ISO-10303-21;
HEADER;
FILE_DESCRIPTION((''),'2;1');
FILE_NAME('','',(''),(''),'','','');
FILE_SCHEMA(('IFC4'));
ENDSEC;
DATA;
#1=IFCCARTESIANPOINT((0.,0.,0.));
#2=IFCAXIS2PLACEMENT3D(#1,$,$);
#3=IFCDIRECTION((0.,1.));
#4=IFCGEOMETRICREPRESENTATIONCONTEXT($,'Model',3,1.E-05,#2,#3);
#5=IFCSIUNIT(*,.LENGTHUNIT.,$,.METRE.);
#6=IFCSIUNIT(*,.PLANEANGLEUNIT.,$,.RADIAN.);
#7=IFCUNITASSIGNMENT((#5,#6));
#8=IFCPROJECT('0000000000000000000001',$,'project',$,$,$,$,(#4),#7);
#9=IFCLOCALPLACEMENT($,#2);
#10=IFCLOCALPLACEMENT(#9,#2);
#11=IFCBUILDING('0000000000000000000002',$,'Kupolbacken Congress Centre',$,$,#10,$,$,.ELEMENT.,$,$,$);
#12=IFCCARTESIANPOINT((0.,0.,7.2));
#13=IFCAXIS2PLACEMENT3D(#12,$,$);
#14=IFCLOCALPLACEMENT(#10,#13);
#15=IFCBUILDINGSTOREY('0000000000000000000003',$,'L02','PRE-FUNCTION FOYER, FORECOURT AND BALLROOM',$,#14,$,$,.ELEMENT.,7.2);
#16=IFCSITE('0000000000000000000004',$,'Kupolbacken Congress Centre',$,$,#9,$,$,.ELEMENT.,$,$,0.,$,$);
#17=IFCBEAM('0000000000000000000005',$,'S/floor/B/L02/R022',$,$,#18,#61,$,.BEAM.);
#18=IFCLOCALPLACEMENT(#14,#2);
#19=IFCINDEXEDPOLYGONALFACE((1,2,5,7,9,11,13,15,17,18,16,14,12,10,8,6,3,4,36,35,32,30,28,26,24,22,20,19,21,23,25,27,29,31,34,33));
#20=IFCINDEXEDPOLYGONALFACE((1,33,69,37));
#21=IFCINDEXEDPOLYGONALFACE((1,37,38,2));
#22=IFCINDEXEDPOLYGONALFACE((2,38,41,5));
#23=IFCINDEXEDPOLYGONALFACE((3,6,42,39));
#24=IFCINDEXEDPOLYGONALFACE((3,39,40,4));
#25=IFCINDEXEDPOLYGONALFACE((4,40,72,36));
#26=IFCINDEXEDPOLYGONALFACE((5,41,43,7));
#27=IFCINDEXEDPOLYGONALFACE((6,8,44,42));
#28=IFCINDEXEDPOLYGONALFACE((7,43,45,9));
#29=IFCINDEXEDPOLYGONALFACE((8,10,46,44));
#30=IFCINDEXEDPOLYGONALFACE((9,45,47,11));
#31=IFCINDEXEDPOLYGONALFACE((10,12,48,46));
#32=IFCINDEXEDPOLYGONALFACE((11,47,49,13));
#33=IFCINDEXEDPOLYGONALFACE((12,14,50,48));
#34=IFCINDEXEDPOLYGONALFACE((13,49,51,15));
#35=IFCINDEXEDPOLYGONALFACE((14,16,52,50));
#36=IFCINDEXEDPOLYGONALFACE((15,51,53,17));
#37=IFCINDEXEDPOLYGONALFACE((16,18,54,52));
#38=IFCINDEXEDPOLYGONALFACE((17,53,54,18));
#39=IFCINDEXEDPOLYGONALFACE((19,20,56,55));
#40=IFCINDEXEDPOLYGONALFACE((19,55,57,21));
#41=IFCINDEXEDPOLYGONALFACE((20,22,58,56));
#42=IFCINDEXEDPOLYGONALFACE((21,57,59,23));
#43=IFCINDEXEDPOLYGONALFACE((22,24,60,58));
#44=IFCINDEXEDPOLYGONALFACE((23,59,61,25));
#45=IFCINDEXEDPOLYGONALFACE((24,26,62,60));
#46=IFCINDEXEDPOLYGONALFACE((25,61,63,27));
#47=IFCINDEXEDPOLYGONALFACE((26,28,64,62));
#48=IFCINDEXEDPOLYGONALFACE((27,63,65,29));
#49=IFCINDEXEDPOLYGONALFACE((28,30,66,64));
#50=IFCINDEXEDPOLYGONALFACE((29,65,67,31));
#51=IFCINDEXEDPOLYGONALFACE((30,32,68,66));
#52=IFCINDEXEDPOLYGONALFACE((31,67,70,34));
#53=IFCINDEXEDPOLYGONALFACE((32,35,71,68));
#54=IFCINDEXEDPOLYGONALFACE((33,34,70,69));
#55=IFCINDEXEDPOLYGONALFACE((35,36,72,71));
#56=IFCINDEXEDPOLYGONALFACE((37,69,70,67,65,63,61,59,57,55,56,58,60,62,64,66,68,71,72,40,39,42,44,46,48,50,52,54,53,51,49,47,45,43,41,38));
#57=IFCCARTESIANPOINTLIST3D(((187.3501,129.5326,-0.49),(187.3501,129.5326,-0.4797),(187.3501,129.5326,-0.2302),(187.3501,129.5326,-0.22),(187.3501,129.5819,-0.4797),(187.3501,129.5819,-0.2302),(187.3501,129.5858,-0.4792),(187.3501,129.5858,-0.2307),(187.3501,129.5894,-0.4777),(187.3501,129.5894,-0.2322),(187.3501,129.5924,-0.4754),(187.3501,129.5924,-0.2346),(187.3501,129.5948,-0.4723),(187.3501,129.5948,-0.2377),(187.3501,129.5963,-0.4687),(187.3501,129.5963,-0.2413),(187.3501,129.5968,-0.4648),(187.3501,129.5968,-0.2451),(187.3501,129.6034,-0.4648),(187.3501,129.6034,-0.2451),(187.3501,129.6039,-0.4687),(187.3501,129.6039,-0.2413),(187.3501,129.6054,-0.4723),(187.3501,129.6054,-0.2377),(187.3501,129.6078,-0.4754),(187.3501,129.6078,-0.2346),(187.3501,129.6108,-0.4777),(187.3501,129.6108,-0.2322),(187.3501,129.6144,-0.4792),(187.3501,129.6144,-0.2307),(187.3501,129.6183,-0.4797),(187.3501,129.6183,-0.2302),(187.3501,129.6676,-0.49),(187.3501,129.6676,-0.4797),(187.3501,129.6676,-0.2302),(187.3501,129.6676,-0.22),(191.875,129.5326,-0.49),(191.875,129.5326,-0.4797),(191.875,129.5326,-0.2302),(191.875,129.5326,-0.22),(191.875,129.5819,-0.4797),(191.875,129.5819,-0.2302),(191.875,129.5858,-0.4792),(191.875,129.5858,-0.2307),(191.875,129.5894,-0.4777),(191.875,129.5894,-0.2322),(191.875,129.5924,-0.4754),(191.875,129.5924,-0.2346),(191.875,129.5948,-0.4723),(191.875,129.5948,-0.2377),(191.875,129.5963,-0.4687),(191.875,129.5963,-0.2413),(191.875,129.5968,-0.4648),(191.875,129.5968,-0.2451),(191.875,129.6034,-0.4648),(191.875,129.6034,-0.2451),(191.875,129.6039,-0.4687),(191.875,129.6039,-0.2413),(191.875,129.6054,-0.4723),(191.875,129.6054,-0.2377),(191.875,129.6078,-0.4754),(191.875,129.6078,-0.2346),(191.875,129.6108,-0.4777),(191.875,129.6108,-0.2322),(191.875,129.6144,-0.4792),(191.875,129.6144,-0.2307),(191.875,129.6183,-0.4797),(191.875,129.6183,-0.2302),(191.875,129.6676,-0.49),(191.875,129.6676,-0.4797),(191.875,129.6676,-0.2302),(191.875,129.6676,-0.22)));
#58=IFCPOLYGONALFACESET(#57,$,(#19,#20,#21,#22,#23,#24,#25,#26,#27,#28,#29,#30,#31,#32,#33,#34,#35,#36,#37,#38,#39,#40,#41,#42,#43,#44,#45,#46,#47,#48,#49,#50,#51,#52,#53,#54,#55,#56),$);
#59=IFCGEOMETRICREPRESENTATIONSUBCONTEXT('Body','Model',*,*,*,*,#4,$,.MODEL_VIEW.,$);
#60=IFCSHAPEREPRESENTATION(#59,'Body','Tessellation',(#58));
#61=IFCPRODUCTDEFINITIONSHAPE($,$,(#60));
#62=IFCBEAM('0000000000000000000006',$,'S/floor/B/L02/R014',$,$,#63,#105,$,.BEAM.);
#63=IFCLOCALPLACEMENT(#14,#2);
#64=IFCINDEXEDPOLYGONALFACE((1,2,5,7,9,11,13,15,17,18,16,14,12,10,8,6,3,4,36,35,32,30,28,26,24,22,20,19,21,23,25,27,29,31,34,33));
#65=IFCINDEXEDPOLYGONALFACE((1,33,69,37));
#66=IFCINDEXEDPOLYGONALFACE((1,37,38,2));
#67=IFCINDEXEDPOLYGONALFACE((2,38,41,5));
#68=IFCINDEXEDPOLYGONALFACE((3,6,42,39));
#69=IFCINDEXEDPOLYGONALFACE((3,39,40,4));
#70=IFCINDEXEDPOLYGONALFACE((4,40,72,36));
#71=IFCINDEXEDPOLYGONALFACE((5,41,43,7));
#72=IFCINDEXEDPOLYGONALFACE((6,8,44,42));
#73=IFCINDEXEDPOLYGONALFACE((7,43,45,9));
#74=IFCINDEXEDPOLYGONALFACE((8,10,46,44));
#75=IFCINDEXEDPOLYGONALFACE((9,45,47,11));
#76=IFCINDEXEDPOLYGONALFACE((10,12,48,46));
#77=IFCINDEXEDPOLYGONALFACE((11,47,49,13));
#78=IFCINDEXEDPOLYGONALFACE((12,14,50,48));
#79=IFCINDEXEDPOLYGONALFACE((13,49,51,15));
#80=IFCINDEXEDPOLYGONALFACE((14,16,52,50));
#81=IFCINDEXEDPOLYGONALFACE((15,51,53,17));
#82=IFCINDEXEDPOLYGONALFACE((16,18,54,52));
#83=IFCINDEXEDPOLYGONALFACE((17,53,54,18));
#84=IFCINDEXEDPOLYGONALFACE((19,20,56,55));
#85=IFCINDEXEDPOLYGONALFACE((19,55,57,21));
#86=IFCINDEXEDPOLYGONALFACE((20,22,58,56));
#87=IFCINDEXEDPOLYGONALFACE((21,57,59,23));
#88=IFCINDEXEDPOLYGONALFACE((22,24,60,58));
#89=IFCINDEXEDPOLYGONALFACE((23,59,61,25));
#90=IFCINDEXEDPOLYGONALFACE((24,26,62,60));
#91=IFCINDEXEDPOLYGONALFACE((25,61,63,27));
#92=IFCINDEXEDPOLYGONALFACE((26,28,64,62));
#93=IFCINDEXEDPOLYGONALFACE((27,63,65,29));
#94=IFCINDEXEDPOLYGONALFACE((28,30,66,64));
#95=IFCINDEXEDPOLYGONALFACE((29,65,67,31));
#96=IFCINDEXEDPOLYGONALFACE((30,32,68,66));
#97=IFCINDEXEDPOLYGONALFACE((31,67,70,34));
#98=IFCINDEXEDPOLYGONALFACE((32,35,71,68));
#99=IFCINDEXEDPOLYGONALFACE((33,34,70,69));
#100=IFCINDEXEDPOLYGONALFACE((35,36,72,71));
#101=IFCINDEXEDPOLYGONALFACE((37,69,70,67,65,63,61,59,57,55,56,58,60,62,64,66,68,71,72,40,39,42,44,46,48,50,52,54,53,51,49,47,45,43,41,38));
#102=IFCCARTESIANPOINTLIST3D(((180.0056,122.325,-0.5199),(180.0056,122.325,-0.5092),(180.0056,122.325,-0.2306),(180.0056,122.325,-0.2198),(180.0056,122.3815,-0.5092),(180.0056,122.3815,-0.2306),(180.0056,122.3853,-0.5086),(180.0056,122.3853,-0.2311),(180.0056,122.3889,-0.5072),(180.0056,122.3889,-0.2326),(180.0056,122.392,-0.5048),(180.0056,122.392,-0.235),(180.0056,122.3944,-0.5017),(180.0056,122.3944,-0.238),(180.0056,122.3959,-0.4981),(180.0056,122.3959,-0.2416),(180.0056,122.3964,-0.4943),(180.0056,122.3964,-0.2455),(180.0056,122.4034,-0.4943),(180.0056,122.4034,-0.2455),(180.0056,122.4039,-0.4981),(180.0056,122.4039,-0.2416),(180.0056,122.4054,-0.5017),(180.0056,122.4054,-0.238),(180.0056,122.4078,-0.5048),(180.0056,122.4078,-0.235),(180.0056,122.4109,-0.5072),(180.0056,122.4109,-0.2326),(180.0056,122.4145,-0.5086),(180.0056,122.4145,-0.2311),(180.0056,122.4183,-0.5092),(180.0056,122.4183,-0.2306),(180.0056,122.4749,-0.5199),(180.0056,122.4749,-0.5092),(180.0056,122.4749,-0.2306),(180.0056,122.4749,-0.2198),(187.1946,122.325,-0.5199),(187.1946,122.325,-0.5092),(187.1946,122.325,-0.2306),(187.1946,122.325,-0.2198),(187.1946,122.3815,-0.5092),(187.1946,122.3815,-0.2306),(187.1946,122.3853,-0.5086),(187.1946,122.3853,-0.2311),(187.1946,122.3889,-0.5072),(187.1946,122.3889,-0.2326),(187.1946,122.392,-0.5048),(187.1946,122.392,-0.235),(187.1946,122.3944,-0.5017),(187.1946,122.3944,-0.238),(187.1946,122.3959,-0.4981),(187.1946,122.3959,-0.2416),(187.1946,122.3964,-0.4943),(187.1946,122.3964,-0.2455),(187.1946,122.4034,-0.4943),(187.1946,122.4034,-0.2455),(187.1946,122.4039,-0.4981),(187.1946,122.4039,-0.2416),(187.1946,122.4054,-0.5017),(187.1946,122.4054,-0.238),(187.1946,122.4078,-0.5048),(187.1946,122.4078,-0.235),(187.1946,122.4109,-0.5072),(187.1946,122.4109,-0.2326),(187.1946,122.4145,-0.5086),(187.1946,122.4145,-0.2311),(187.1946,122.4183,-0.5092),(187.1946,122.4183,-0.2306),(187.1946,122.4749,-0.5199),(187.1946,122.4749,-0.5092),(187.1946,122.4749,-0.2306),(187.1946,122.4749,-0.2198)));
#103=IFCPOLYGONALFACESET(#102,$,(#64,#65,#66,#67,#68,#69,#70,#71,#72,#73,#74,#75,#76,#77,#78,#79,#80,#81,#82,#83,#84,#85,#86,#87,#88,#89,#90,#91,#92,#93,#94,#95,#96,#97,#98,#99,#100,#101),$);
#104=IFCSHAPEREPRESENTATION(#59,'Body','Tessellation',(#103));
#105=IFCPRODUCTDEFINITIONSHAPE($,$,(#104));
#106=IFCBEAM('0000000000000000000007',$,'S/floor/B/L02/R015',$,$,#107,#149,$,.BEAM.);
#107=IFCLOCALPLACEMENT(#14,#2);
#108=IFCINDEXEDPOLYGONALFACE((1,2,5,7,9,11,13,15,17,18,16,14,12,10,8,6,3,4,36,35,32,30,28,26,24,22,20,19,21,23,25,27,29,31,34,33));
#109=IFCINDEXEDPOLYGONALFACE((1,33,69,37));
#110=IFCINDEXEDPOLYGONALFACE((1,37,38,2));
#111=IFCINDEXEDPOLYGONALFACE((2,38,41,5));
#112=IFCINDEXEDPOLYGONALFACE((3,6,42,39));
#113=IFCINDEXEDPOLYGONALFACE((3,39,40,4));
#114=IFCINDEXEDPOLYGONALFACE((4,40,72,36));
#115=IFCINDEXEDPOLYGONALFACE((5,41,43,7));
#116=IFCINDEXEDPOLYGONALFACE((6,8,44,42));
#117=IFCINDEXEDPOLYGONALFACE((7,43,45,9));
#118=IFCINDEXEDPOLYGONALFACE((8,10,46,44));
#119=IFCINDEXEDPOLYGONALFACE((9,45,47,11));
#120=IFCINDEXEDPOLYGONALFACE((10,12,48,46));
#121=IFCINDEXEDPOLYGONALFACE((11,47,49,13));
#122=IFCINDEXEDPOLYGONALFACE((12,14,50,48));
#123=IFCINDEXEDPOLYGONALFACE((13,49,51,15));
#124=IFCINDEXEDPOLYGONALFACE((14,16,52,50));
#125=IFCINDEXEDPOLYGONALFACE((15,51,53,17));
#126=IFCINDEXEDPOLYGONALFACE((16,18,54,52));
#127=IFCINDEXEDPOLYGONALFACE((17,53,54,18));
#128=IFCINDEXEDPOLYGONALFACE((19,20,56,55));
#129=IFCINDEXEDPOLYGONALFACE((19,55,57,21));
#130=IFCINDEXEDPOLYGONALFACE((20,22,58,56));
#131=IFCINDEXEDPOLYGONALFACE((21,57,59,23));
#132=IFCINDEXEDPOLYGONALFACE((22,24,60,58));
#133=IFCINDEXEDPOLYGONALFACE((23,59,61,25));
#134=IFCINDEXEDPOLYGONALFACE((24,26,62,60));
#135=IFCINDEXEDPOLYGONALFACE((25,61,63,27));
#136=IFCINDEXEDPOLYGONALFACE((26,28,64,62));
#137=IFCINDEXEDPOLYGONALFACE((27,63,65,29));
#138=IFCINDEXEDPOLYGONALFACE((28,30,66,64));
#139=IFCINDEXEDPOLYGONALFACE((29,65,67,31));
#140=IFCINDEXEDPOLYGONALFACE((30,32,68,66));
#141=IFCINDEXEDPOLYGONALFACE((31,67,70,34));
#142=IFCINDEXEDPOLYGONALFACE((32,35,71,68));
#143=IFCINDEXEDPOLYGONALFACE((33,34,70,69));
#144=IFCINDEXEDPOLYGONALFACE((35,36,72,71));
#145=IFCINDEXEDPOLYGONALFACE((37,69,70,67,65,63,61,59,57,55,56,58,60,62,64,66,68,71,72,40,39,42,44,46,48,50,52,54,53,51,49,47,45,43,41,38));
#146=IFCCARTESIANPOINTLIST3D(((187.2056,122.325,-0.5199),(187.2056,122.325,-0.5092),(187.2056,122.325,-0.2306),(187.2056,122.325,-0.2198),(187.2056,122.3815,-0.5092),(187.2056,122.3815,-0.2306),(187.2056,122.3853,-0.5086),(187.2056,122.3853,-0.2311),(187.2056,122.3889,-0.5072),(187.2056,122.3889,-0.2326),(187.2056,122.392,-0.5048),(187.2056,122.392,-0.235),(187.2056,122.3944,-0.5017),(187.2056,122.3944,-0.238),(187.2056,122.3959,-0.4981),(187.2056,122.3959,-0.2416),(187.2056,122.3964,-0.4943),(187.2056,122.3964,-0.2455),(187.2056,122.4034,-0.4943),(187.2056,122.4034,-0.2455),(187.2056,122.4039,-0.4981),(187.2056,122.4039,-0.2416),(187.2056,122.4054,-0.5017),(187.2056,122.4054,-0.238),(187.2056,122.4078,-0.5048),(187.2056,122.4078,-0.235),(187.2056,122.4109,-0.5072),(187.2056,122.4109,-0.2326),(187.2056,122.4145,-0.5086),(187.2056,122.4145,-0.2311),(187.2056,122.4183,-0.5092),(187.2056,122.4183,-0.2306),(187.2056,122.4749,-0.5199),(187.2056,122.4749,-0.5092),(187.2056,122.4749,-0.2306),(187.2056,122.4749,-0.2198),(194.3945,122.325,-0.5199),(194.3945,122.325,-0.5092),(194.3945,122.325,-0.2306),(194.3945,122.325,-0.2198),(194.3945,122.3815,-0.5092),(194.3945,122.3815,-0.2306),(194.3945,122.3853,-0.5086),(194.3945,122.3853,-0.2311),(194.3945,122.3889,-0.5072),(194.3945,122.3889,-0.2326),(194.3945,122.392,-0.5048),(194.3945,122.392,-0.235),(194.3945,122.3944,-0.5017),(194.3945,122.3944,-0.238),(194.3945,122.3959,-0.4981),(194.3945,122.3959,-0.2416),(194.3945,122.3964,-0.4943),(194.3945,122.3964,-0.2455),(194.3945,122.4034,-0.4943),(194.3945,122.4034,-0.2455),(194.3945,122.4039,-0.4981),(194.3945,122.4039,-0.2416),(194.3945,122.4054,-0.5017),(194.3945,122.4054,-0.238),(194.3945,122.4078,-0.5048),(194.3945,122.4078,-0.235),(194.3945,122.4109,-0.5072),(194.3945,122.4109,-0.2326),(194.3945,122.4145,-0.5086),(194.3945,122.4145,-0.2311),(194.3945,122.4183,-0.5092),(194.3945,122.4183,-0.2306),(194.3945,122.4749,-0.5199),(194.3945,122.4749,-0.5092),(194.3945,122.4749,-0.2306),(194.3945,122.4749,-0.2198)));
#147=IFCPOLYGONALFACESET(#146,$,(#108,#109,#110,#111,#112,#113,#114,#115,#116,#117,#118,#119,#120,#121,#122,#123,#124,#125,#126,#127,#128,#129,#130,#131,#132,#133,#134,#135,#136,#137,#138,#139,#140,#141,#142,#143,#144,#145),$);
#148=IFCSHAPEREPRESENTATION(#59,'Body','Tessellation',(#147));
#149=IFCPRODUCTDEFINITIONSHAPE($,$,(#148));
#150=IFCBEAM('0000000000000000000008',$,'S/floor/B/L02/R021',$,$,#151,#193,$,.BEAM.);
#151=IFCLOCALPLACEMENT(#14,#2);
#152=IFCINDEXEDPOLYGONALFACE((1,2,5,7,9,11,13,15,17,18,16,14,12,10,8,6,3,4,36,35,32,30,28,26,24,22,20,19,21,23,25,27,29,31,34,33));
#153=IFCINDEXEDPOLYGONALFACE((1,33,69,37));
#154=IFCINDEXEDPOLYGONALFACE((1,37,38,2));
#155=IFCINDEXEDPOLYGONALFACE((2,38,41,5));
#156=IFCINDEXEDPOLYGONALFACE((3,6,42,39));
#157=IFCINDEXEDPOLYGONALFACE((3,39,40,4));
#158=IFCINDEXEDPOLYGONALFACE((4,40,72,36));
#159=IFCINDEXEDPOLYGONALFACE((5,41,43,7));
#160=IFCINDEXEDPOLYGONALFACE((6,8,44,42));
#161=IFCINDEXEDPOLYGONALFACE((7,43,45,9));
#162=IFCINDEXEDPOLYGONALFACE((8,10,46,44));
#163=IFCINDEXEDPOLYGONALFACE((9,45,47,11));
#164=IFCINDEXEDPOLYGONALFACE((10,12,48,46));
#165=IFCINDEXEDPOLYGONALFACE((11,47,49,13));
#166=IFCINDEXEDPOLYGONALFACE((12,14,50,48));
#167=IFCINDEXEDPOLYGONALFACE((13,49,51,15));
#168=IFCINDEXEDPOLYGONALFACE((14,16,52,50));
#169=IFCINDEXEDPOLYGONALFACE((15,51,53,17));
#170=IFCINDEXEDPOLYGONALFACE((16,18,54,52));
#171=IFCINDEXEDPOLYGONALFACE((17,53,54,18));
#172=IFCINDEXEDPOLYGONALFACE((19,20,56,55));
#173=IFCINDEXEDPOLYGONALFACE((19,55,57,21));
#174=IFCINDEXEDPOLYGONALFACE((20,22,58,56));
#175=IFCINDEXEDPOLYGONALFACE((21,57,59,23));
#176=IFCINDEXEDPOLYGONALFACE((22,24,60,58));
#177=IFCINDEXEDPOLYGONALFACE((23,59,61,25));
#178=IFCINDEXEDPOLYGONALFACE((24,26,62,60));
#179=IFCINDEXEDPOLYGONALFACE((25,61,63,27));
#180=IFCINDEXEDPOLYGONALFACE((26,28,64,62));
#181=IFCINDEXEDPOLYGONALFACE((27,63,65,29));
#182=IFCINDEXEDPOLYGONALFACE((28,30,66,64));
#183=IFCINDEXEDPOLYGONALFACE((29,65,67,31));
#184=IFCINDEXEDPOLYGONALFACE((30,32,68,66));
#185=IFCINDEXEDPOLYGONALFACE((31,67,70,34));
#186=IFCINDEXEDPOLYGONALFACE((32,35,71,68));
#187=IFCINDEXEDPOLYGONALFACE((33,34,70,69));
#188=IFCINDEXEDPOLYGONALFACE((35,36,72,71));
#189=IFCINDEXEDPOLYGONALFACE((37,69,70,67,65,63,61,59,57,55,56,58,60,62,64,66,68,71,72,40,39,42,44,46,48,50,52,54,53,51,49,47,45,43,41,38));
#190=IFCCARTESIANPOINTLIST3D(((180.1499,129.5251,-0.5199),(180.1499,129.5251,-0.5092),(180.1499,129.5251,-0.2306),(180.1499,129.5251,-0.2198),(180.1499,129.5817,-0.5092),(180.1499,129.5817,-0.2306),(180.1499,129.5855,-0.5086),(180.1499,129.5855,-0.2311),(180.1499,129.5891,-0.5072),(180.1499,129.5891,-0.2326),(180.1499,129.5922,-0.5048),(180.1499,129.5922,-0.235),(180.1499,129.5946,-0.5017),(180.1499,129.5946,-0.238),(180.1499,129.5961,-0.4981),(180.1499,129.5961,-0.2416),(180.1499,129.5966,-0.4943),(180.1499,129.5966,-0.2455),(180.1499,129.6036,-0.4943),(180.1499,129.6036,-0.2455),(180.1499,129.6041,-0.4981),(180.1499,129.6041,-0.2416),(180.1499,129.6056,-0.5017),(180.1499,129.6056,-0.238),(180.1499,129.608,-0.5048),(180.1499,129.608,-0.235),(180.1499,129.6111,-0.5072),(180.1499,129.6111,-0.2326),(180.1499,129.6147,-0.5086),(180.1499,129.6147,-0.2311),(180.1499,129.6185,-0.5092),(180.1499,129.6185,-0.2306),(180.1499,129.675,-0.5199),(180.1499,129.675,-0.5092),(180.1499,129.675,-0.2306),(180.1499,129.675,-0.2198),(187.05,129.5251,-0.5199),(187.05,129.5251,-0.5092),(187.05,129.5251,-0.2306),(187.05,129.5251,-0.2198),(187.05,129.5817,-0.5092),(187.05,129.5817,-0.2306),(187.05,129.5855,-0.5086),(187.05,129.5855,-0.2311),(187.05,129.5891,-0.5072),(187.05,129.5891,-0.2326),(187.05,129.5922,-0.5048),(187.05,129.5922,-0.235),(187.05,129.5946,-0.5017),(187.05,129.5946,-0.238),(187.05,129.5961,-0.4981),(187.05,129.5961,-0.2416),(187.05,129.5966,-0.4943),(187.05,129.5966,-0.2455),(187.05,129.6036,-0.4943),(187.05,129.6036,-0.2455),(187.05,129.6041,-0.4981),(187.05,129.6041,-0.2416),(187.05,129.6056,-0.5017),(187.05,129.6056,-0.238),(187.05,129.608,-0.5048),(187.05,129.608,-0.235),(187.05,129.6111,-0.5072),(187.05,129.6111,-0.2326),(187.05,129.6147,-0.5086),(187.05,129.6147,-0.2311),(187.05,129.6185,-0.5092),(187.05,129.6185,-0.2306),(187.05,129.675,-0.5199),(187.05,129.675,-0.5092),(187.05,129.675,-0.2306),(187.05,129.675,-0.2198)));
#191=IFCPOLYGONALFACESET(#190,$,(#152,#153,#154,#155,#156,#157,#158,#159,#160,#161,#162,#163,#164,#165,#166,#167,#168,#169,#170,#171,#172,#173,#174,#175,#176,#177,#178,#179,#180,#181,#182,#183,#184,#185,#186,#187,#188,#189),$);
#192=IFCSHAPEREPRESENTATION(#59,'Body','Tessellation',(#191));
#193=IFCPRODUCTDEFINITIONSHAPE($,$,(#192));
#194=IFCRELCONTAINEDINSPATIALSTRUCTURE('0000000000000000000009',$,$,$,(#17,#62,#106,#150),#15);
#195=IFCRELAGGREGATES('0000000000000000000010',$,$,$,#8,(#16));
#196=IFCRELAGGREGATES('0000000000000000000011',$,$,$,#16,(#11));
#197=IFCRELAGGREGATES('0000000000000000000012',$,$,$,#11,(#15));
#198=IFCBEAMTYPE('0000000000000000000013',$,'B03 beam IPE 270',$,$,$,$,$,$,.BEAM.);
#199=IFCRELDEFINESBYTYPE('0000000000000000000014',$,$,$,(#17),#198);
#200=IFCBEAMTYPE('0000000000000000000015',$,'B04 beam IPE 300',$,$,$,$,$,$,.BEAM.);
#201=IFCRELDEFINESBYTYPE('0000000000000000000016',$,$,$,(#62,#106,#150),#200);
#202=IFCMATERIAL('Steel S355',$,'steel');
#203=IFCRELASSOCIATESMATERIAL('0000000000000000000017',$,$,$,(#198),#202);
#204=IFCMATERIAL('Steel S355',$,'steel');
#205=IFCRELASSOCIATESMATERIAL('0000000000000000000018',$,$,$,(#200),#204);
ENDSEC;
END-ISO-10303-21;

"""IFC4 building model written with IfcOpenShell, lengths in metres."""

from ifc_helpers import new_model, si_unit, direction, frame, origin, origin_2d, place, context, subcontext, project, spatial, i_section, extrude, material, material_profile, profile_set, type_object, element, save


model = new_model("IFC4")

# Units and contexts
model_context = context("Model", 3, precision=1e-05, world=origin(), true_north=direction((0.0, 1.0)))
body_context = subcontext(model_context, "Body", "Model", "MODEL_VIEW")
ifc_project = project(units=[si_unit("LENGTHUNIT", "METRE"), si_unit("PLANEANGLEUNIT", "RADIAN")], contexts=[model_context])

# Site, building, storey
site_placement = place(None, origin())
site = spatial("IfcSite", under=ifc_project, at=site_placement, Name="Kupolbacken Congress Centre", CompositionType="ELEMENT", RefElevation=0.0)
building_placement = place(site_placement, origin())
building = spatial("IfcBuilding", under=site, at=building_placement, Name="Kupolbacken Congress Centre", CompositionType="ELEMENT")
storey_placement = place(building_placement, frame((0.0, 0.0, 7.2)))
storey = spatial("IfcBuildingStorey", under=building, at=storey_placement, Name="L02", Description="PRE-FUNCTION FOYER, FORECOURT AND BALLROOM", CompositionType="ELEMENT", Elevation=7.2)

# Beams
ifc_material_1 = material(Name="Steel S355", Category="steel")
ifc_material_profile_1 = material_profile(ifc_material_1, i_section(OverallWidth=0.135, OverallDepth=0.27, WebThickness=0.0066, FlangeThickness=0.0103, FilletRadius=0.0149, at=origin_2d()), Name="IPE 270")
ifc_profile_set_1 = profile_set([ifc_material_profile_1], Name="Steel S355")
beam_type_1 = type_object("IfcBeamType", Name="B03 beam IPE 270", PredefinedType="BEAM", material=ifc_profile_set_1)
beam_1_placement = place(storey_placement, frame((187.3501, 129.6001, -0.355), z_axis=(1.0, 0.0, 0.0), x_axis=(0.0, 1.0, 0.0)))
element("IfcBeam", 1, at=beam_1_placement, inside=storey, type_object=beam_type_1, Name="S/floor/B/L02/R022", PredefinedType="BEAM", context=body_context, shape_type="SweptSolid", body=[
    extrude(i_section(OverallWidth=0.135, OverallDepth=0.27, WebThickness=0.0066, FlangeThickness=0.0103, FilletRadius=0.0149, at=origin_2d()), origin(), (0.0, 0.0, 1.0), 4.5249),
])
ifc_material_2 = material(Name="Steel S355", Category="steel")
ifc_material_profile_2 = material_profile(ifc_material_2, i_section(OverallWidth=0.1499, OverallDepth=0.3, WebThickness=0.0071, FlangeThickness=0.0107, FilletRadius=0.0149, at=origin_2d()), Name="IPE 300")
ifc_profile_set_2 = profile_set([ifc_material_profile_2], Name="Steel S355")
beam_type_2 = type_object("IfcBeamType", Name="B04 beam IPE 300", PredefinedType="BEAM", material=ifc_profile_set_2)
for number, where, z_axis, x_axis, name in (
    (2, (180.0056, 122.3999, -0.3699), (1.0, 0.0, 0.0), (0.0, 1.0, 0.0), "S/floor/B/L02/R014"),
    (3, (187.2056, 122.3999, -0.3699), (1.0, 0.0, 0.0), (0.0, 1.0, 0.0), "S/floor/B/L02/R015"),
):
    element("IfcBeam", number, at=place(storey_placement, frame(where, z_axis=z_axis, x_axis=x_axis)), inside=storey, type_object=beam_type_2, Name=name, PredefinedType="BEAM", context=body_context, shape_type="SweptSolid", body=[
        extrude(i_section(OverallWidth=0.1499, OverallDepth=0.3, WebThickness=0.0071, FlangeThickness=0.0107, FilletRadius=0.0149, at=origin_2d()), origin(), (0.0, 0.0, 1.0), 7.189),
    ])
beam_2_placement = place(storey_placement, frame((180.1499, 129.6001, -0.3699), z_axis=(1.0, 0.0, 0.0), x_axis=(0.0, 1.0, 0.0)))
element("IfcBeam", 4, at=beam_2_placement, inside=storey, type_object=beam_type_2, Name="S/floor/B/L02/R021", PredefinedType="BEAM", context=body_context, shape_type="SweptSolid", body=[
    extrude(i_section(OverallWidth=0.1499, OverallDepth=0.3, WebThickness=0.0071, FlangeThickness=0.0107, FilletRadius=0.0149, at=origin_2d()), origin(), (0.0, 0.0, 1.0), 6.9001),
])

save(model, "model.ifc")
